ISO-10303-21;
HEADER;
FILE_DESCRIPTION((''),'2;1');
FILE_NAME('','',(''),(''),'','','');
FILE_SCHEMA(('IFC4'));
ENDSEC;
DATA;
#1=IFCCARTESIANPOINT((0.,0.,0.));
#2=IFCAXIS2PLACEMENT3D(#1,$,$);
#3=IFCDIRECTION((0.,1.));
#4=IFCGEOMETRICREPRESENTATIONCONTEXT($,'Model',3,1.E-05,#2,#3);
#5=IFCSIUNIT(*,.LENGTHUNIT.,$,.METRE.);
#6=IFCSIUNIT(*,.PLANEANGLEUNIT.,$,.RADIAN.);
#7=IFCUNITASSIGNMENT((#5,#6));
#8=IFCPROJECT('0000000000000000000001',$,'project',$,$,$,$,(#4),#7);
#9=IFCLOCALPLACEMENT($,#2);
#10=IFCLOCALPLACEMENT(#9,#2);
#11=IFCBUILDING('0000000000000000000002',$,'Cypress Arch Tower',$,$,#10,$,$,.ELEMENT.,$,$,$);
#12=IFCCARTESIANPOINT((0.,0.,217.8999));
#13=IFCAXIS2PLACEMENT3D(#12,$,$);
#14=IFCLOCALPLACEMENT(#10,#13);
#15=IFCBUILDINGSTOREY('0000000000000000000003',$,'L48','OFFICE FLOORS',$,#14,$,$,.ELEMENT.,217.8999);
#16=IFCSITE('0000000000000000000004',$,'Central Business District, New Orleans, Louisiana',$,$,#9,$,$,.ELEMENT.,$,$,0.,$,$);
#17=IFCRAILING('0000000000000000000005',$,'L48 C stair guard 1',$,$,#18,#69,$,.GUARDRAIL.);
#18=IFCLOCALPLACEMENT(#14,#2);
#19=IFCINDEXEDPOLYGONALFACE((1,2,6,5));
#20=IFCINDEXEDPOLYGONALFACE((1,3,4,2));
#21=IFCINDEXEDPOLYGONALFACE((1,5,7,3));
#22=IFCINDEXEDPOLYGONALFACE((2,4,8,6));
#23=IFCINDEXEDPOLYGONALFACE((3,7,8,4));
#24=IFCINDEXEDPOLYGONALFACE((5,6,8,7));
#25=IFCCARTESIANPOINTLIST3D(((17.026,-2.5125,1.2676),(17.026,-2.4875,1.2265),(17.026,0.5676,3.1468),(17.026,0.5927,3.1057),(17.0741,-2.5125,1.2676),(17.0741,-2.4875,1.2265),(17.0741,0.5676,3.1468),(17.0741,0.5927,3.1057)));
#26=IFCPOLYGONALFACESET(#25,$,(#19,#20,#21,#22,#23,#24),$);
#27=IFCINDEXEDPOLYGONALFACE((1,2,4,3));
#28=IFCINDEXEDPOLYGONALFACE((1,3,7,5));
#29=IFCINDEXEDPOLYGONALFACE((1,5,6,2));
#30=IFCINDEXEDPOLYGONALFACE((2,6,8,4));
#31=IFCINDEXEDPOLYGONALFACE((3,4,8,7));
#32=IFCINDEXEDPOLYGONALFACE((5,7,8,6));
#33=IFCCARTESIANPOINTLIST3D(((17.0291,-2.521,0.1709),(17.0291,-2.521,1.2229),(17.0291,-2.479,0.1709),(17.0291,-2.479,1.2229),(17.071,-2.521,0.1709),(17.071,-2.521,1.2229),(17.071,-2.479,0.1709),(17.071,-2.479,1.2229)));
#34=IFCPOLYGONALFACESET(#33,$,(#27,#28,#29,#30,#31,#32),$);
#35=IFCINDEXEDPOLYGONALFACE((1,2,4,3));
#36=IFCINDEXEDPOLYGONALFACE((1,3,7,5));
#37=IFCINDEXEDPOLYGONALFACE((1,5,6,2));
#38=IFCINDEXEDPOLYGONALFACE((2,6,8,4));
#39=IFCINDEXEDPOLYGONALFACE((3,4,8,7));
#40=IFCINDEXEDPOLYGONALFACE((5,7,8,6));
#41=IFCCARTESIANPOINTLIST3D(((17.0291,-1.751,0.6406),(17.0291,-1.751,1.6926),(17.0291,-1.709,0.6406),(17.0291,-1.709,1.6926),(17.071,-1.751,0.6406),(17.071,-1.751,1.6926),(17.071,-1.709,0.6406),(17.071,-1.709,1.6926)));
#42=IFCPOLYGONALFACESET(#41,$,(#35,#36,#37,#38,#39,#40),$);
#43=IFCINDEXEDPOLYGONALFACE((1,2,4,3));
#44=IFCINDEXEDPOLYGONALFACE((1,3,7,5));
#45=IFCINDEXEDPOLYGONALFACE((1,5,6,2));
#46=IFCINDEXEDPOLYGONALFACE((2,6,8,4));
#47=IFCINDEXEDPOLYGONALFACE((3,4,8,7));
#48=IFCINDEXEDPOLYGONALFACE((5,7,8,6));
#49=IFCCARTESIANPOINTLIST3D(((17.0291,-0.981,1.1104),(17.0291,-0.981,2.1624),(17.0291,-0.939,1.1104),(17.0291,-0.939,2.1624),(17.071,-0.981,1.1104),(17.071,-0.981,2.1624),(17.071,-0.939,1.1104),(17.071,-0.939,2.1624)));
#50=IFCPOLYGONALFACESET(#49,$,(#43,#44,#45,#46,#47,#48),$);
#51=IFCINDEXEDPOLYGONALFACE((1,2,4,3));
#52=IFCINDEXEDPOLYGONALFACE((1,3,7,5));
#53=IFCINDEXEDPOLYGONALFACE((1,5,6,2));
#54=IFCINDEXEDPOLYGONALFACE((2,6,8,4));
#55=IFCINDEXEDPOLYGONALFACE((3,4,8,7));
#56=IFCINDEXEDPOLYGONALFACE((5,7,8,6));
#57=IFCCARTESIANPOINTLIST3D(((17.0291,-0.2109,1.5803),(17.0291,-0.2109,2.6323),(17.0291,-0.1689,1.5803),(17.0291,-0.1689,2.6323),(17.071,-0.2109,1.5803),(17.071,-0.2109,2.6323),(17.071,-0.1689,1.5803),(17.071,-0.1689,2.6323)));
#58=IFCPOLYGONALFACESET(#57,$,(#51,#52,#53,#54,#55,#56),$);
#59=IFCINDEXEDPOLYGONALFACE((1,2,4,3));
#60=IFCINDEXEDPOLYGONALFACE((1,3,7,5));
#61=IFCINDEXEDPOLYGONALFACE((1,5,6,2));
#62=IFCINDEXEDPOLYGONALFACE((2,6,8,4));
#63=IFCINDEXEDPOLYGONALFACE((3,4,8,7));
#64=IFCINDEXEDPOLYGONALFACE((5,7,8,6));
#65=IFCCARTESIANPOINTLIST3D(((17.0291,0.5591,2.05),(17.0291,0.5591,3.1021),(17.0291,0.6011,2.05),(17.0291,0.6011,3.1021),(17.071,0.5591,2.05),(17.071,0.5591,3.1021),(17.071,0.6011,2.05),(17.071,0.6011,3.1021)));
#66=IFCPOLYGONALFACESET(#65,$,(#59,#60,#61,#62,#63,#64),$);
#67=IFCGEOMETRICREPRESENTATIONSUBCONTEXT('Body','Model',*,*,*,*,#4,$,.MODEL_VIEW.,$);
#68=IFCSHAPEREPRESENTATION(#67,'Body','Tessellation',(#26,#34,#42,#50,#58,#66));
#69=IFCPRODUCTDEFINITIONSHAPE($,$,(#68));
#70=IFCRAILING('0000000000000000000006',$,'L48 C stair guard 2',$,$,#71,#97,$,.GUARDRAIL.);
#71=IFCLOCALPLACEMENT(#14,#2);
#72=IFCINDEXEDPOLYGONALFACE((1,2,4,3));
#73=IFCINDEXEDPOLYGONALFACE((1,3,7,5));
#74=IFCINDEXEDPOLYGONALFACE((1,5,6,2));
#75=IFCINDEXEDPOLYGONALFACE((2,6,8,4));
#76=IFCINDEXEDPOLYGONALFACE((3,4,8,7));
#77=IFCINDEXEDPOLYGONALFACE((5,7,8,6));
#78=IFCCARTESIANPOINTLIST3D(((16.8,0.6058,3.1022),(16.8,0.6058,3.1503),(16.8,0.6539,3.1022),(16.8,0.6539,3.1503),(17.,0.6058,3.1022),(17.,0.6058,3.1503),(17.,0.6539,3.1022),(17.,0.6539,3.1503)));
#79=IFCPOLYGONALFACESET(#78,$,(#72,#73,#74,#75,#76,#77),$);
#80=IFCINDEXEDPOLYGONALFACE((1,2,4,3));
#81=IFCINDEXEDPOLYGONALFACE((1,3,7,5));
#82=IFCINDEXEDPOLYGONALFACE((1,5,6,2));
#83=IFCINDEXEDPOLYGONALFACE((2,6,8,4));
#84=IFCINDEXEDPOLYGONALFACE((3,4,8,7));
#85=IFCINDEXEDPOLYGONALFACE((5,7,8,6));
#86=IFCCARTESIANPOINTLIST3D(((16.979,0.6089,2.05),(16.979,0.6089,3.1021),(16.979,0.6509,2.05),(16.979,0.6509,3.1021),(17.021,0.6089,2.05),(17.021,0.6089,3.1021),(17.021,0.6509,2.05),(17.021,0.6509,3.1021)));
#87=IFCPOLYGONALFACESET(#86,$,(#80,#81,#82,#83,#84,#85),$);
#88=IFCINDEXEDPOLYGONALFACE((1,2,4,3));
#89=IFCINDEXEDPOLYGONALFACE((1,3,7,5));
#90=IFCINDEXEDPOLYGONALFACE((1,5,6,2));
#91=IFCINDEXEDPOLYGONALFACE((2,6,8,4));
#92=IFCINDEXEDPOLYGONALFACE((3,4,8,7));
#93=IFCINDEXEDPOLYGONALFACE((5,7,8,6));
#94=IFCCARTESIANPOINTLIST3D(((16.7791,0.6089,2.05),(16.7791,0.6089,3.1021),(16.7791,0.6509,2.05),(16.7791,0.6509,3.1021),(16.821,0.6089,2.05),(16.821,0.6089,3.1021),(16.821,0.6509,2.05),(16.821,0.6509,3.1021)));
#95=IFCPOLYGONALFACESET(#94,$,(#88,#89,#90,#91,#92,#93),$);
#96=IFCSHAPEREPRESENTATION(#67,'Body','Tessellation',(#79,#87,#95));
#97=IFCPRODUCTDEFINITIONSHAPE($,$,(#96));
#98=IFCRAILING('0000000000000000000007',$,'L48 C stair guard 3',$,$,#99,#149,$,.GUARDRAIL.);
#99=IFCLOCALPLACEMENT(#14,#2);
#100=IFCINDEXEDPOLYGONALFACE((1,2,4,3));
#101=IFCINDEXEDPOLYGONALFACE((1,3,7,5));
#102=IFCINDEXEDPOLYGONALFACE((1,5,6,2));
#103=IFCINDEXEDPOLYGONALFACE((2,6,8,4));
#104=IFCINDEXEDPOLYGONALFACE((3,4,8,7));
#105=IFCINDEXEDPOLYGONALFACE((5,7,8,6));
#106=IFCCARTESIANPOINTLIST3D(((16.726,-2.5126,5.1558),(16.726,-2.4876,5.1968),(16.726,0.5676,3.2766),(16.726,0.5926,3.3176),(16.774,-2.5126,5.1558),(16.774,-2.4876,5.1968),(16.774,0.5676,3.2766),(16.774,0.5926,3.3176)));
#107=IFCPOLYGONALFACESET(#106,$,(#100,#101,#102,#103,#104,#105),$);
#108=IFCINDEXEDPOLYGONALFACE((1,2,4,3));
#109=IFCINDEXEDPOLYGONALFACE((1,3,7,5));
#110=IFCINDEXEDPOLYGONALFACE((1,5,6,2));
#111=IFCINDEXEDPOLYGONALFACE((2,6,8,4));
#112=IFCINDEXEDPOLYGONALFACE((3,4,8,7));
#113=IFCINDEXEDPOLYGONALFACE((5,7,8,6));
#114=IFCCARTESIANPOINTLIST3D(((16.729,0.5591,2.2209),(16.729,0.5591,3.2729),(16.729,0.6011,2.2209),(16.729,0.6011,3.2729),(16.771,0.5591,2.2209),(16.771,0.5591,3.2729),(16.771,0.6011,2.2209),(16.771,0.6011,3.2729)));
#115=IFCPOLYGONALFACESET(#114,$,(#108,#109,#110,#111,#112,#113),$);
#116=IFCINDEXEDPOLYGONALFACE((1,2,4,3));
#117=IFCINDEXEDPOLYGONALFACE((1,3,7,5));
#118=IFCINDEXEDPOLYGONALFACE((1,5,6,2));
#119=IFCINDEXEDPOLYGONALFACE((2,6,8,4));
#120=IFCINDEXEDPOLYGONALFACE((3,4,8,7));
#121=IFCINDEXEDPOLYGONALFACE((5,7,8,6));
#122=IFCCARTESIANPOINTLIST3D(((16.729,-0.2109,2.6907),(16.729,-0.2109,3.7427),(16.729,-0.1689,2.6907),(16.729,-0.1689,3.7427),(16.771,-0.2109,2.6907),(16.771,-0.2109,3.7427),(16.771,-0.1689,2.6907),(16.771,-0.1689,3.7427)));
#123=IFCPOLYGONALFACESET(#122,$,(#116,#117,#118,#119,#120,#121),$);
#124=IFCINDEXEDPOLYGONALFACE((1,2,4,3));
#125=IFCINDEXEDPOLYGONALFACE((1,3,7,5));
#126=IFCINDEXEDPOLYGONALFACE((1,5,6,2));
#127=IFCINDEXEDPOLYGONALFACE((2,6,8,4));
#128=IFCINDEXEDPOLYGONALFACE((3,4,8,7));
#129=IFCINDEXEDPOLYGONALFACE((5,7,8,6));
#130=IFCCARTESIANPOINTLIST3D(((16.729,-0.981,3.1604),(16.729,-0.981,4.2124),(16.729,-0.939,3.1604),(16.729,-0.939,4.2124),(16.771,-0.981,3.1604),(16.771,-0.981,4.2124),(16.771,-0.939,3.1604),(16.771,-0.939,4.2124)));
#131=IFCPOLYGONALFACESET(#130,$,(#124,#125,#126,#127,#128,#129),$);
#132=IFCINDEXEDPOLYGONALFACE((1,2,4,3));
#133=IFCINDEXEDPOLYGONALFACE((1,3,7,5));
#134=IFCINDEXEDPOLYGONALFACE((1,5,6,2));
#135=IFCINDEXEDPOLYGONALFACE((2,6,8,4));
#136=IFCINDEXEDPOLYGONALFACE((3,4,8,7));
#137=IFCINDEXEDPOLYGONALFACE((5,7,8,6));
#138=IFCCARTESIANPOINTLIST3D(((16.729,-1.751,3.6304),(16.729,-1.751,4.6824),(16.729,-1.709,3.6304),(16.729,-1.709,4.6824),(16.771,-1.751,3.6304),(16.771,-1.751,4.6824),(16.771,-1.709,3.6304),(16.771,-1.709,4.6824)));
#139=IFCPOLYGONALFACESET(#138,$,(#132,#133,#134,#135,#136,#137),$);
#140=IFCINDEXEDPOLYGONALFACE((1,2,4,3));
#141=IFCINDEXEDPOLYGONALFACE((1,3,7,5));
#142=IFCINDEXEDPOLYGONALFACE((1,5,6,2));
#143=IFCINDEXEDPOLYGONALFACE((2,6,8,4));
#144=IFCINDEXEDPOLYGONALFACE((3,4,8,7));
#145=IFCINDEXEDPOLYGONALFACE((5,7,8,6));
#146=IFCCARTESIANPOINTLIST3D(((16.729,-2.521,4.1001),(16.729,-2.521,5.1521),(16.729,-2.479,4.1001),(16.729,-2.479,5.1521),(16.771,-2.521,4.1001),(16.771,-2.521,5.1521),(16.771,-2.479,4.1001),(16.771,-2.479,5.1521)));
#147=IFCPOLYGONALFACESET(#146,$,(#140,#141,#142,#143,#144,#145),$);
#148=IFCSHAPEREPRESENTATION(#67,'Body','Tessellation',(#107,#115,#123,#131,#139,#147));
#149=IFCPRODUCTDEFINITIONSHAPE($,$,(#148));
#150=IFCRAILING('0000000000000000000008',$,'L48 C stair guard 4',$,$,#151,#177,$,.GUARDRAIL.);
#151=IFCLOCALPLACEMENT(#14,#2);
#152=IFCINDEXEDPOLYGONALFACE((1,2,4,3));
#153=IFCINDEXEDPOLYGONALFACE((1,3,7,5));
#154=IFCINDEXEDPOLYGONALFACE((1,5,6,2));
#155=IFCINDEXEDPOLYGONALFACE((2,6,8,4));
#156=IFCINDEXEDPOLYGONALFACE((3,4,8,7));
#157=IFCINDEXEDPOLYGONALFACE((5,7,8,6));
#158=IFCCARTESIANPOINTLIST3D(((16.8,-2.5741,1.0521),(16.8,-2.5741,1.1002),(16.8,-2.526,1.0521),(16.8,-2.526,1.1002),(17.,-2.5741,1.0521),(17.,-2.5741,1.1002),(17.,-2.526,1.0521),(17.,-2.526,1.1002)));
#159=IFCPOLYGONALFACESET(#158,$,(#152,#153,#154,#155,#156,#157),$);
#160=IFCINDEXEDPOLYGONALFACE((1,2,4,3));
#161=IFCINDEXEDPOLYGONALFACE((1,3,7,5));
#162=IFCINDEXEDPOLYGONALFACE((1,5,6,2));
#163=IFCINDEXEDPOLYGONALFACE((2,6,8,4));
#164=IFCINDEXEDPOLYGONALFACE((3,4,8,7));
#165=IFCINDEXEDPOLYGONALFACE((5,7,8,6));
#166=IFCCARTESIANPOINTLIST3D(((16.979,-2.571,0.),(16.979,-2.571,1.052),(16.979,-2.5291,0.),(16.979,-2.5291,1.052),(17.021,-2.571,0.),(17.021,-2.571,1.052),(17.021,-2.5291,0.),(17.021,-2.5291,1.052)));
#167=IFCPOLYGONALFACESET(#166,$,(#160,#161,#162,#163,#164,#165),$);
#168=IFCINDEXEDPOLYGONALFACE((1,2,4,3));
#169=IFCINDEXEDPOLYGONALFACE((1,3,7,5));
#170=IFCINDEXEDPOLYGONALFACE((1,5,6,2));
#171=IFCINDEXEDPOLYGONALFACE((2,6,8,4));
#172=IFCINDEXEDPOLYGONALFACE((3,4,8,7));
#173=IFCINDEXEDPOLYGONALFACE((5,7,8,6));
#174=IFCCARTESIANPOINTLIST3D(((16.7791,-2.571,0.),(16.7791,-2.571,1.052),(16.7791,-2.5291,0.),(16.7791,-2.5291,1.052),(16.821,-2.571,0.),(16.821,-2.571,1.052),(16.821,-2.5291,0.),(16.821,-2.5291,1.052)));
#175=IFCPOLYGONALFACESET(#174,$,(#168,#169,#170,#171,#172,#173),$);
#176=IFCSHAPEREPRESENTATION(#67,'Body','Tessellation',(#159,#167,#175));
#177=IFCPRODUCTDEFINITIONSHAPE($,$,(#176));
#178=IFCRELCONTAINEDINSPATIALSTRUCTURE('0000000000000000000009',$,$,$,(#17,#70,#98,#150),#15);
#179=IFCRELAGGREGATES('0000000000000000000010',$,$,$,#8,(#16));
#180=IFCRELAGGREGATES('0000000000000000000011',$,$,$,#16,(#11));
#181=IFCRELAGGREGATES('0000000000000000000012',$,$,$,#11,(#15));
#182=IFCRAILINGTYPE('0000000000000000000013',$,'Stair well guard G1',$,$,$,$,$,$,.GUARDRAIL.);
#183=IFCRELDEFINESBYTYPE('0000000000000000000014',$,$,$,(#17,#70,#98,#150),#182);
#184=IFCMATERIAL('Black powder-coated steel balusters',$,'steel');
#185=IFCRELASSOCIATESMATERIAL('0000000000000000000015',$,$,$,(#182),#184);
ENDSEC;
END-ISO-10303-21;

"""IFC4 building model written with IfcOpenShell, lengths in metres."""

from ifc_helpers import new_model, si_unit, direction, frame, origin, origin_2d, place, context, subcontext, project, spatial, rectangle, extrude, material, type_object, element, save


model = new_model("IFC4")

# Units and contexts
model_context = context("Model", 3, precision=1e-05, world=origin(), true_north=direction((0.0, 1.0)))
body_context = subcontext(model_context, "Body", "Model", "MODEL_VIEW")
ifc_project = project(units=[si_unit("LENGTHUNIT", "METRE"), si_unit("PLANEANGLEUNIT", "RADIAN")], contexts=[model_context])

# Site, building, storey
site_placement = place(None, origin())
site = spatial("IfcSite", under=ifc_project, at=site_placement, Name="Central Business District, New Orleans, Louisiana", CompositionType="ELEMENT", RefElevation=0.0)
building_placement = place(site_placement, origin())
building = spatial("IfcBuilding", under=site, at=building_placement, Name="Cypress Arch Tower", CompositionType="ELEMENT")
storey_placement = place(building_placement, frame((0.0, 0.0, 217.8999)))
storey = spatial("IfcBuildingStorey", under=building, at=storey_placement, Name="L48", Description="OFFICE FLOORS", CompositionType="ELEMENT", Elevation=217.8999)

# Railings
ifc_material_1 = material(Name="Black powder-coated steel balusters", Category="steel")
railing_type_1 = type_object("IfcRailingType", Name="Stair well guard G1", PredefinedType="GUARDRAIL", material=ifc_material_1)
railing_1_placement = place(storey_placement, frame((17.05, -2.5, 0.1709)))
element("IfcRailing", 1, at=railing_1_placement, inside=storey, type_object=railing_type_1, Name="L48 C stair guard 1", PredefinedType="GUARDRAIL", context=body_context, shape_type="SweptSolid", body=[
    extrude(rectangle(XDim=0.0481, YDim=0.0481, at=origin_2d()), frame((0.0, 0.0, 1.0762), z_axis=(0.0, 0.853666, 0.52082), x_axis=(-1.0, 0.0, 0.0)), (0.0, 0.0, 1.0), 3.6082),
    extrude(rectangle(XDim=0.042, YDim=0.042, at=origin_2d()), origin(), (0.0, 0.0, 1.0), 1.052),
    extrude(rectangle(XDim=0.042, YDim=0.042, at=origin_2d()), frame((0.0, 0.77, 0.4697)), (0.0, 0.0, 1.0), 1.052),
    extrude(rectangle(XDim=0.042, YDim=0.042, at=origin_2d()), frame((0.0, 1.54, 0.9395)), (0.0, 0.0, 1.0), 1.052),
    extrude(rectangle(XDim=0.042, YDim=0.042, at=origin_2d()), frame((0.0, 2.3101, 1.4094)), (0.0, 0.0, 1.0), 1.052),
    extrude(rectangle(XDim=0.042, YDim=0.042, at=origin_2d()), frame((0.0, 3.0801, 1.8792)), (0.0, 0.0, 1.0), 1.052),
])
railing_2_placement = place(storey_placement, frame((17.0, 0.6299, 2.05)))
element("IfcRailing", 2, at=railing_2_placement, inside=storey, type_object=railing_type_1, Name="L48 C stair guard 2", PredefinedType="GUARDRAIL", context=body_context, shape_type="SweptSolid", body=[
    extrude(rectangle(XDim=0.0481, YDim=0.0481, at=origin_2d()), frame((0.0, 0.0, 1.0762), z_axis=(-1.0, 0.0, 0.0), x_axis=(0.0, -1.0, 0.0)), (0.0, 0.0, 1.0), 0.2),
    extrude(rectangle(XDim=0.042, YDim=0.042, at=origin_2d()), origin(), (0.0, 0.0, 1.0), 1.052),
    extrude(rectangle(XDim=0.042, YDim=0.042, at=origin_2d()), frame((-0.2, 0.0, 0.0)), (0.0, 0.0, 1.0), 1.052),
])
railing_3_placement = place(storey_placement, frame((16.75, 0.5801, 2.2209)))
element("IfcRailing", 3, at=railing_3_placement, inside=storey, type_object=railing_type_1, Name="L48 C stair guard 3", PredefinedType="GUARDRAIL", context=body_context, shape_type="SweptSolid", body=[
    extrude(rectangle(XDim=0.0481, YDim=0.0481, at=origin_2d()), frame((0.0, 0.0, 1.0762), z_axis=(0.0, -0.853666, 0.52082), x_axis=(1.0, 0.0, 0.0)), (0.0, 0.0, 1.0), 3.6082),
    extrude(rectangle(XDim=0.042, YDim=0.042, at=origin_2d()), origin(), (0.0, 0.0, 1.0), 1.052),
    extrude(rectangle(XDim=0.042, YDim=0.042, at=origin_2d()), frame((0.0, -0.77, 0.4697)), (0.0, 0.0, 1.0), 1.052),
    extrude(rectangle(XDim=0.042, YDim=0.042, at=origin_2d()), frame((0.0, -1.54, 0.9395)), (0.0, 0.0, 1.0), 1.052),
    extrude(rectangle(XDim=0.042, YDim=0.042, at=origin_2d()), frame((0.0, -2.3101, 1.4094)), (0.0, 0.0, 1.0), 1.052),
    extrude(rectangle(XDim=0.042, YDim=0.042, at=origin_2d()), frame((0.0, -3.0801, 1.8792)), (0.0, 0.0, 1.0), 1.052),
])
railing_4_placement = place(storey_placement, frame((17.0, -2.55, 0.0)))
element("IfcRailing", 4, at=railing_4_placement, inside=storey, type_object=railing_type_1, Name="L48 C stair guard 4", PredefinedType="GUARDRAIL", context=body_context, shape_type="SweptSolid", body=[
    extrude(rectangle(XDim=0.0481, YDim=0.0481, at=origin_2d()), frame((0.0, 0.0, 1.0762), z_axis=(-1.0, 0.0, 0.0), x_axis=(0.0, -1.0, 0.0)), (0.0, 0.0, 1.0), 0.2),
    extrude(rectangle(XDim=0.042, YDim=0.042, at=origin_2d()), origin(), (0.0, 0.0, 1.0), 1.052),
    extrude(rectangle(XDim=0.042, YDim=0.042, at=origin_2d()), frame((-0.2, 0.0, 0.0)), (0.0, 0.0, 1.0), 1.052),
])

save(model, "model.ifc")
